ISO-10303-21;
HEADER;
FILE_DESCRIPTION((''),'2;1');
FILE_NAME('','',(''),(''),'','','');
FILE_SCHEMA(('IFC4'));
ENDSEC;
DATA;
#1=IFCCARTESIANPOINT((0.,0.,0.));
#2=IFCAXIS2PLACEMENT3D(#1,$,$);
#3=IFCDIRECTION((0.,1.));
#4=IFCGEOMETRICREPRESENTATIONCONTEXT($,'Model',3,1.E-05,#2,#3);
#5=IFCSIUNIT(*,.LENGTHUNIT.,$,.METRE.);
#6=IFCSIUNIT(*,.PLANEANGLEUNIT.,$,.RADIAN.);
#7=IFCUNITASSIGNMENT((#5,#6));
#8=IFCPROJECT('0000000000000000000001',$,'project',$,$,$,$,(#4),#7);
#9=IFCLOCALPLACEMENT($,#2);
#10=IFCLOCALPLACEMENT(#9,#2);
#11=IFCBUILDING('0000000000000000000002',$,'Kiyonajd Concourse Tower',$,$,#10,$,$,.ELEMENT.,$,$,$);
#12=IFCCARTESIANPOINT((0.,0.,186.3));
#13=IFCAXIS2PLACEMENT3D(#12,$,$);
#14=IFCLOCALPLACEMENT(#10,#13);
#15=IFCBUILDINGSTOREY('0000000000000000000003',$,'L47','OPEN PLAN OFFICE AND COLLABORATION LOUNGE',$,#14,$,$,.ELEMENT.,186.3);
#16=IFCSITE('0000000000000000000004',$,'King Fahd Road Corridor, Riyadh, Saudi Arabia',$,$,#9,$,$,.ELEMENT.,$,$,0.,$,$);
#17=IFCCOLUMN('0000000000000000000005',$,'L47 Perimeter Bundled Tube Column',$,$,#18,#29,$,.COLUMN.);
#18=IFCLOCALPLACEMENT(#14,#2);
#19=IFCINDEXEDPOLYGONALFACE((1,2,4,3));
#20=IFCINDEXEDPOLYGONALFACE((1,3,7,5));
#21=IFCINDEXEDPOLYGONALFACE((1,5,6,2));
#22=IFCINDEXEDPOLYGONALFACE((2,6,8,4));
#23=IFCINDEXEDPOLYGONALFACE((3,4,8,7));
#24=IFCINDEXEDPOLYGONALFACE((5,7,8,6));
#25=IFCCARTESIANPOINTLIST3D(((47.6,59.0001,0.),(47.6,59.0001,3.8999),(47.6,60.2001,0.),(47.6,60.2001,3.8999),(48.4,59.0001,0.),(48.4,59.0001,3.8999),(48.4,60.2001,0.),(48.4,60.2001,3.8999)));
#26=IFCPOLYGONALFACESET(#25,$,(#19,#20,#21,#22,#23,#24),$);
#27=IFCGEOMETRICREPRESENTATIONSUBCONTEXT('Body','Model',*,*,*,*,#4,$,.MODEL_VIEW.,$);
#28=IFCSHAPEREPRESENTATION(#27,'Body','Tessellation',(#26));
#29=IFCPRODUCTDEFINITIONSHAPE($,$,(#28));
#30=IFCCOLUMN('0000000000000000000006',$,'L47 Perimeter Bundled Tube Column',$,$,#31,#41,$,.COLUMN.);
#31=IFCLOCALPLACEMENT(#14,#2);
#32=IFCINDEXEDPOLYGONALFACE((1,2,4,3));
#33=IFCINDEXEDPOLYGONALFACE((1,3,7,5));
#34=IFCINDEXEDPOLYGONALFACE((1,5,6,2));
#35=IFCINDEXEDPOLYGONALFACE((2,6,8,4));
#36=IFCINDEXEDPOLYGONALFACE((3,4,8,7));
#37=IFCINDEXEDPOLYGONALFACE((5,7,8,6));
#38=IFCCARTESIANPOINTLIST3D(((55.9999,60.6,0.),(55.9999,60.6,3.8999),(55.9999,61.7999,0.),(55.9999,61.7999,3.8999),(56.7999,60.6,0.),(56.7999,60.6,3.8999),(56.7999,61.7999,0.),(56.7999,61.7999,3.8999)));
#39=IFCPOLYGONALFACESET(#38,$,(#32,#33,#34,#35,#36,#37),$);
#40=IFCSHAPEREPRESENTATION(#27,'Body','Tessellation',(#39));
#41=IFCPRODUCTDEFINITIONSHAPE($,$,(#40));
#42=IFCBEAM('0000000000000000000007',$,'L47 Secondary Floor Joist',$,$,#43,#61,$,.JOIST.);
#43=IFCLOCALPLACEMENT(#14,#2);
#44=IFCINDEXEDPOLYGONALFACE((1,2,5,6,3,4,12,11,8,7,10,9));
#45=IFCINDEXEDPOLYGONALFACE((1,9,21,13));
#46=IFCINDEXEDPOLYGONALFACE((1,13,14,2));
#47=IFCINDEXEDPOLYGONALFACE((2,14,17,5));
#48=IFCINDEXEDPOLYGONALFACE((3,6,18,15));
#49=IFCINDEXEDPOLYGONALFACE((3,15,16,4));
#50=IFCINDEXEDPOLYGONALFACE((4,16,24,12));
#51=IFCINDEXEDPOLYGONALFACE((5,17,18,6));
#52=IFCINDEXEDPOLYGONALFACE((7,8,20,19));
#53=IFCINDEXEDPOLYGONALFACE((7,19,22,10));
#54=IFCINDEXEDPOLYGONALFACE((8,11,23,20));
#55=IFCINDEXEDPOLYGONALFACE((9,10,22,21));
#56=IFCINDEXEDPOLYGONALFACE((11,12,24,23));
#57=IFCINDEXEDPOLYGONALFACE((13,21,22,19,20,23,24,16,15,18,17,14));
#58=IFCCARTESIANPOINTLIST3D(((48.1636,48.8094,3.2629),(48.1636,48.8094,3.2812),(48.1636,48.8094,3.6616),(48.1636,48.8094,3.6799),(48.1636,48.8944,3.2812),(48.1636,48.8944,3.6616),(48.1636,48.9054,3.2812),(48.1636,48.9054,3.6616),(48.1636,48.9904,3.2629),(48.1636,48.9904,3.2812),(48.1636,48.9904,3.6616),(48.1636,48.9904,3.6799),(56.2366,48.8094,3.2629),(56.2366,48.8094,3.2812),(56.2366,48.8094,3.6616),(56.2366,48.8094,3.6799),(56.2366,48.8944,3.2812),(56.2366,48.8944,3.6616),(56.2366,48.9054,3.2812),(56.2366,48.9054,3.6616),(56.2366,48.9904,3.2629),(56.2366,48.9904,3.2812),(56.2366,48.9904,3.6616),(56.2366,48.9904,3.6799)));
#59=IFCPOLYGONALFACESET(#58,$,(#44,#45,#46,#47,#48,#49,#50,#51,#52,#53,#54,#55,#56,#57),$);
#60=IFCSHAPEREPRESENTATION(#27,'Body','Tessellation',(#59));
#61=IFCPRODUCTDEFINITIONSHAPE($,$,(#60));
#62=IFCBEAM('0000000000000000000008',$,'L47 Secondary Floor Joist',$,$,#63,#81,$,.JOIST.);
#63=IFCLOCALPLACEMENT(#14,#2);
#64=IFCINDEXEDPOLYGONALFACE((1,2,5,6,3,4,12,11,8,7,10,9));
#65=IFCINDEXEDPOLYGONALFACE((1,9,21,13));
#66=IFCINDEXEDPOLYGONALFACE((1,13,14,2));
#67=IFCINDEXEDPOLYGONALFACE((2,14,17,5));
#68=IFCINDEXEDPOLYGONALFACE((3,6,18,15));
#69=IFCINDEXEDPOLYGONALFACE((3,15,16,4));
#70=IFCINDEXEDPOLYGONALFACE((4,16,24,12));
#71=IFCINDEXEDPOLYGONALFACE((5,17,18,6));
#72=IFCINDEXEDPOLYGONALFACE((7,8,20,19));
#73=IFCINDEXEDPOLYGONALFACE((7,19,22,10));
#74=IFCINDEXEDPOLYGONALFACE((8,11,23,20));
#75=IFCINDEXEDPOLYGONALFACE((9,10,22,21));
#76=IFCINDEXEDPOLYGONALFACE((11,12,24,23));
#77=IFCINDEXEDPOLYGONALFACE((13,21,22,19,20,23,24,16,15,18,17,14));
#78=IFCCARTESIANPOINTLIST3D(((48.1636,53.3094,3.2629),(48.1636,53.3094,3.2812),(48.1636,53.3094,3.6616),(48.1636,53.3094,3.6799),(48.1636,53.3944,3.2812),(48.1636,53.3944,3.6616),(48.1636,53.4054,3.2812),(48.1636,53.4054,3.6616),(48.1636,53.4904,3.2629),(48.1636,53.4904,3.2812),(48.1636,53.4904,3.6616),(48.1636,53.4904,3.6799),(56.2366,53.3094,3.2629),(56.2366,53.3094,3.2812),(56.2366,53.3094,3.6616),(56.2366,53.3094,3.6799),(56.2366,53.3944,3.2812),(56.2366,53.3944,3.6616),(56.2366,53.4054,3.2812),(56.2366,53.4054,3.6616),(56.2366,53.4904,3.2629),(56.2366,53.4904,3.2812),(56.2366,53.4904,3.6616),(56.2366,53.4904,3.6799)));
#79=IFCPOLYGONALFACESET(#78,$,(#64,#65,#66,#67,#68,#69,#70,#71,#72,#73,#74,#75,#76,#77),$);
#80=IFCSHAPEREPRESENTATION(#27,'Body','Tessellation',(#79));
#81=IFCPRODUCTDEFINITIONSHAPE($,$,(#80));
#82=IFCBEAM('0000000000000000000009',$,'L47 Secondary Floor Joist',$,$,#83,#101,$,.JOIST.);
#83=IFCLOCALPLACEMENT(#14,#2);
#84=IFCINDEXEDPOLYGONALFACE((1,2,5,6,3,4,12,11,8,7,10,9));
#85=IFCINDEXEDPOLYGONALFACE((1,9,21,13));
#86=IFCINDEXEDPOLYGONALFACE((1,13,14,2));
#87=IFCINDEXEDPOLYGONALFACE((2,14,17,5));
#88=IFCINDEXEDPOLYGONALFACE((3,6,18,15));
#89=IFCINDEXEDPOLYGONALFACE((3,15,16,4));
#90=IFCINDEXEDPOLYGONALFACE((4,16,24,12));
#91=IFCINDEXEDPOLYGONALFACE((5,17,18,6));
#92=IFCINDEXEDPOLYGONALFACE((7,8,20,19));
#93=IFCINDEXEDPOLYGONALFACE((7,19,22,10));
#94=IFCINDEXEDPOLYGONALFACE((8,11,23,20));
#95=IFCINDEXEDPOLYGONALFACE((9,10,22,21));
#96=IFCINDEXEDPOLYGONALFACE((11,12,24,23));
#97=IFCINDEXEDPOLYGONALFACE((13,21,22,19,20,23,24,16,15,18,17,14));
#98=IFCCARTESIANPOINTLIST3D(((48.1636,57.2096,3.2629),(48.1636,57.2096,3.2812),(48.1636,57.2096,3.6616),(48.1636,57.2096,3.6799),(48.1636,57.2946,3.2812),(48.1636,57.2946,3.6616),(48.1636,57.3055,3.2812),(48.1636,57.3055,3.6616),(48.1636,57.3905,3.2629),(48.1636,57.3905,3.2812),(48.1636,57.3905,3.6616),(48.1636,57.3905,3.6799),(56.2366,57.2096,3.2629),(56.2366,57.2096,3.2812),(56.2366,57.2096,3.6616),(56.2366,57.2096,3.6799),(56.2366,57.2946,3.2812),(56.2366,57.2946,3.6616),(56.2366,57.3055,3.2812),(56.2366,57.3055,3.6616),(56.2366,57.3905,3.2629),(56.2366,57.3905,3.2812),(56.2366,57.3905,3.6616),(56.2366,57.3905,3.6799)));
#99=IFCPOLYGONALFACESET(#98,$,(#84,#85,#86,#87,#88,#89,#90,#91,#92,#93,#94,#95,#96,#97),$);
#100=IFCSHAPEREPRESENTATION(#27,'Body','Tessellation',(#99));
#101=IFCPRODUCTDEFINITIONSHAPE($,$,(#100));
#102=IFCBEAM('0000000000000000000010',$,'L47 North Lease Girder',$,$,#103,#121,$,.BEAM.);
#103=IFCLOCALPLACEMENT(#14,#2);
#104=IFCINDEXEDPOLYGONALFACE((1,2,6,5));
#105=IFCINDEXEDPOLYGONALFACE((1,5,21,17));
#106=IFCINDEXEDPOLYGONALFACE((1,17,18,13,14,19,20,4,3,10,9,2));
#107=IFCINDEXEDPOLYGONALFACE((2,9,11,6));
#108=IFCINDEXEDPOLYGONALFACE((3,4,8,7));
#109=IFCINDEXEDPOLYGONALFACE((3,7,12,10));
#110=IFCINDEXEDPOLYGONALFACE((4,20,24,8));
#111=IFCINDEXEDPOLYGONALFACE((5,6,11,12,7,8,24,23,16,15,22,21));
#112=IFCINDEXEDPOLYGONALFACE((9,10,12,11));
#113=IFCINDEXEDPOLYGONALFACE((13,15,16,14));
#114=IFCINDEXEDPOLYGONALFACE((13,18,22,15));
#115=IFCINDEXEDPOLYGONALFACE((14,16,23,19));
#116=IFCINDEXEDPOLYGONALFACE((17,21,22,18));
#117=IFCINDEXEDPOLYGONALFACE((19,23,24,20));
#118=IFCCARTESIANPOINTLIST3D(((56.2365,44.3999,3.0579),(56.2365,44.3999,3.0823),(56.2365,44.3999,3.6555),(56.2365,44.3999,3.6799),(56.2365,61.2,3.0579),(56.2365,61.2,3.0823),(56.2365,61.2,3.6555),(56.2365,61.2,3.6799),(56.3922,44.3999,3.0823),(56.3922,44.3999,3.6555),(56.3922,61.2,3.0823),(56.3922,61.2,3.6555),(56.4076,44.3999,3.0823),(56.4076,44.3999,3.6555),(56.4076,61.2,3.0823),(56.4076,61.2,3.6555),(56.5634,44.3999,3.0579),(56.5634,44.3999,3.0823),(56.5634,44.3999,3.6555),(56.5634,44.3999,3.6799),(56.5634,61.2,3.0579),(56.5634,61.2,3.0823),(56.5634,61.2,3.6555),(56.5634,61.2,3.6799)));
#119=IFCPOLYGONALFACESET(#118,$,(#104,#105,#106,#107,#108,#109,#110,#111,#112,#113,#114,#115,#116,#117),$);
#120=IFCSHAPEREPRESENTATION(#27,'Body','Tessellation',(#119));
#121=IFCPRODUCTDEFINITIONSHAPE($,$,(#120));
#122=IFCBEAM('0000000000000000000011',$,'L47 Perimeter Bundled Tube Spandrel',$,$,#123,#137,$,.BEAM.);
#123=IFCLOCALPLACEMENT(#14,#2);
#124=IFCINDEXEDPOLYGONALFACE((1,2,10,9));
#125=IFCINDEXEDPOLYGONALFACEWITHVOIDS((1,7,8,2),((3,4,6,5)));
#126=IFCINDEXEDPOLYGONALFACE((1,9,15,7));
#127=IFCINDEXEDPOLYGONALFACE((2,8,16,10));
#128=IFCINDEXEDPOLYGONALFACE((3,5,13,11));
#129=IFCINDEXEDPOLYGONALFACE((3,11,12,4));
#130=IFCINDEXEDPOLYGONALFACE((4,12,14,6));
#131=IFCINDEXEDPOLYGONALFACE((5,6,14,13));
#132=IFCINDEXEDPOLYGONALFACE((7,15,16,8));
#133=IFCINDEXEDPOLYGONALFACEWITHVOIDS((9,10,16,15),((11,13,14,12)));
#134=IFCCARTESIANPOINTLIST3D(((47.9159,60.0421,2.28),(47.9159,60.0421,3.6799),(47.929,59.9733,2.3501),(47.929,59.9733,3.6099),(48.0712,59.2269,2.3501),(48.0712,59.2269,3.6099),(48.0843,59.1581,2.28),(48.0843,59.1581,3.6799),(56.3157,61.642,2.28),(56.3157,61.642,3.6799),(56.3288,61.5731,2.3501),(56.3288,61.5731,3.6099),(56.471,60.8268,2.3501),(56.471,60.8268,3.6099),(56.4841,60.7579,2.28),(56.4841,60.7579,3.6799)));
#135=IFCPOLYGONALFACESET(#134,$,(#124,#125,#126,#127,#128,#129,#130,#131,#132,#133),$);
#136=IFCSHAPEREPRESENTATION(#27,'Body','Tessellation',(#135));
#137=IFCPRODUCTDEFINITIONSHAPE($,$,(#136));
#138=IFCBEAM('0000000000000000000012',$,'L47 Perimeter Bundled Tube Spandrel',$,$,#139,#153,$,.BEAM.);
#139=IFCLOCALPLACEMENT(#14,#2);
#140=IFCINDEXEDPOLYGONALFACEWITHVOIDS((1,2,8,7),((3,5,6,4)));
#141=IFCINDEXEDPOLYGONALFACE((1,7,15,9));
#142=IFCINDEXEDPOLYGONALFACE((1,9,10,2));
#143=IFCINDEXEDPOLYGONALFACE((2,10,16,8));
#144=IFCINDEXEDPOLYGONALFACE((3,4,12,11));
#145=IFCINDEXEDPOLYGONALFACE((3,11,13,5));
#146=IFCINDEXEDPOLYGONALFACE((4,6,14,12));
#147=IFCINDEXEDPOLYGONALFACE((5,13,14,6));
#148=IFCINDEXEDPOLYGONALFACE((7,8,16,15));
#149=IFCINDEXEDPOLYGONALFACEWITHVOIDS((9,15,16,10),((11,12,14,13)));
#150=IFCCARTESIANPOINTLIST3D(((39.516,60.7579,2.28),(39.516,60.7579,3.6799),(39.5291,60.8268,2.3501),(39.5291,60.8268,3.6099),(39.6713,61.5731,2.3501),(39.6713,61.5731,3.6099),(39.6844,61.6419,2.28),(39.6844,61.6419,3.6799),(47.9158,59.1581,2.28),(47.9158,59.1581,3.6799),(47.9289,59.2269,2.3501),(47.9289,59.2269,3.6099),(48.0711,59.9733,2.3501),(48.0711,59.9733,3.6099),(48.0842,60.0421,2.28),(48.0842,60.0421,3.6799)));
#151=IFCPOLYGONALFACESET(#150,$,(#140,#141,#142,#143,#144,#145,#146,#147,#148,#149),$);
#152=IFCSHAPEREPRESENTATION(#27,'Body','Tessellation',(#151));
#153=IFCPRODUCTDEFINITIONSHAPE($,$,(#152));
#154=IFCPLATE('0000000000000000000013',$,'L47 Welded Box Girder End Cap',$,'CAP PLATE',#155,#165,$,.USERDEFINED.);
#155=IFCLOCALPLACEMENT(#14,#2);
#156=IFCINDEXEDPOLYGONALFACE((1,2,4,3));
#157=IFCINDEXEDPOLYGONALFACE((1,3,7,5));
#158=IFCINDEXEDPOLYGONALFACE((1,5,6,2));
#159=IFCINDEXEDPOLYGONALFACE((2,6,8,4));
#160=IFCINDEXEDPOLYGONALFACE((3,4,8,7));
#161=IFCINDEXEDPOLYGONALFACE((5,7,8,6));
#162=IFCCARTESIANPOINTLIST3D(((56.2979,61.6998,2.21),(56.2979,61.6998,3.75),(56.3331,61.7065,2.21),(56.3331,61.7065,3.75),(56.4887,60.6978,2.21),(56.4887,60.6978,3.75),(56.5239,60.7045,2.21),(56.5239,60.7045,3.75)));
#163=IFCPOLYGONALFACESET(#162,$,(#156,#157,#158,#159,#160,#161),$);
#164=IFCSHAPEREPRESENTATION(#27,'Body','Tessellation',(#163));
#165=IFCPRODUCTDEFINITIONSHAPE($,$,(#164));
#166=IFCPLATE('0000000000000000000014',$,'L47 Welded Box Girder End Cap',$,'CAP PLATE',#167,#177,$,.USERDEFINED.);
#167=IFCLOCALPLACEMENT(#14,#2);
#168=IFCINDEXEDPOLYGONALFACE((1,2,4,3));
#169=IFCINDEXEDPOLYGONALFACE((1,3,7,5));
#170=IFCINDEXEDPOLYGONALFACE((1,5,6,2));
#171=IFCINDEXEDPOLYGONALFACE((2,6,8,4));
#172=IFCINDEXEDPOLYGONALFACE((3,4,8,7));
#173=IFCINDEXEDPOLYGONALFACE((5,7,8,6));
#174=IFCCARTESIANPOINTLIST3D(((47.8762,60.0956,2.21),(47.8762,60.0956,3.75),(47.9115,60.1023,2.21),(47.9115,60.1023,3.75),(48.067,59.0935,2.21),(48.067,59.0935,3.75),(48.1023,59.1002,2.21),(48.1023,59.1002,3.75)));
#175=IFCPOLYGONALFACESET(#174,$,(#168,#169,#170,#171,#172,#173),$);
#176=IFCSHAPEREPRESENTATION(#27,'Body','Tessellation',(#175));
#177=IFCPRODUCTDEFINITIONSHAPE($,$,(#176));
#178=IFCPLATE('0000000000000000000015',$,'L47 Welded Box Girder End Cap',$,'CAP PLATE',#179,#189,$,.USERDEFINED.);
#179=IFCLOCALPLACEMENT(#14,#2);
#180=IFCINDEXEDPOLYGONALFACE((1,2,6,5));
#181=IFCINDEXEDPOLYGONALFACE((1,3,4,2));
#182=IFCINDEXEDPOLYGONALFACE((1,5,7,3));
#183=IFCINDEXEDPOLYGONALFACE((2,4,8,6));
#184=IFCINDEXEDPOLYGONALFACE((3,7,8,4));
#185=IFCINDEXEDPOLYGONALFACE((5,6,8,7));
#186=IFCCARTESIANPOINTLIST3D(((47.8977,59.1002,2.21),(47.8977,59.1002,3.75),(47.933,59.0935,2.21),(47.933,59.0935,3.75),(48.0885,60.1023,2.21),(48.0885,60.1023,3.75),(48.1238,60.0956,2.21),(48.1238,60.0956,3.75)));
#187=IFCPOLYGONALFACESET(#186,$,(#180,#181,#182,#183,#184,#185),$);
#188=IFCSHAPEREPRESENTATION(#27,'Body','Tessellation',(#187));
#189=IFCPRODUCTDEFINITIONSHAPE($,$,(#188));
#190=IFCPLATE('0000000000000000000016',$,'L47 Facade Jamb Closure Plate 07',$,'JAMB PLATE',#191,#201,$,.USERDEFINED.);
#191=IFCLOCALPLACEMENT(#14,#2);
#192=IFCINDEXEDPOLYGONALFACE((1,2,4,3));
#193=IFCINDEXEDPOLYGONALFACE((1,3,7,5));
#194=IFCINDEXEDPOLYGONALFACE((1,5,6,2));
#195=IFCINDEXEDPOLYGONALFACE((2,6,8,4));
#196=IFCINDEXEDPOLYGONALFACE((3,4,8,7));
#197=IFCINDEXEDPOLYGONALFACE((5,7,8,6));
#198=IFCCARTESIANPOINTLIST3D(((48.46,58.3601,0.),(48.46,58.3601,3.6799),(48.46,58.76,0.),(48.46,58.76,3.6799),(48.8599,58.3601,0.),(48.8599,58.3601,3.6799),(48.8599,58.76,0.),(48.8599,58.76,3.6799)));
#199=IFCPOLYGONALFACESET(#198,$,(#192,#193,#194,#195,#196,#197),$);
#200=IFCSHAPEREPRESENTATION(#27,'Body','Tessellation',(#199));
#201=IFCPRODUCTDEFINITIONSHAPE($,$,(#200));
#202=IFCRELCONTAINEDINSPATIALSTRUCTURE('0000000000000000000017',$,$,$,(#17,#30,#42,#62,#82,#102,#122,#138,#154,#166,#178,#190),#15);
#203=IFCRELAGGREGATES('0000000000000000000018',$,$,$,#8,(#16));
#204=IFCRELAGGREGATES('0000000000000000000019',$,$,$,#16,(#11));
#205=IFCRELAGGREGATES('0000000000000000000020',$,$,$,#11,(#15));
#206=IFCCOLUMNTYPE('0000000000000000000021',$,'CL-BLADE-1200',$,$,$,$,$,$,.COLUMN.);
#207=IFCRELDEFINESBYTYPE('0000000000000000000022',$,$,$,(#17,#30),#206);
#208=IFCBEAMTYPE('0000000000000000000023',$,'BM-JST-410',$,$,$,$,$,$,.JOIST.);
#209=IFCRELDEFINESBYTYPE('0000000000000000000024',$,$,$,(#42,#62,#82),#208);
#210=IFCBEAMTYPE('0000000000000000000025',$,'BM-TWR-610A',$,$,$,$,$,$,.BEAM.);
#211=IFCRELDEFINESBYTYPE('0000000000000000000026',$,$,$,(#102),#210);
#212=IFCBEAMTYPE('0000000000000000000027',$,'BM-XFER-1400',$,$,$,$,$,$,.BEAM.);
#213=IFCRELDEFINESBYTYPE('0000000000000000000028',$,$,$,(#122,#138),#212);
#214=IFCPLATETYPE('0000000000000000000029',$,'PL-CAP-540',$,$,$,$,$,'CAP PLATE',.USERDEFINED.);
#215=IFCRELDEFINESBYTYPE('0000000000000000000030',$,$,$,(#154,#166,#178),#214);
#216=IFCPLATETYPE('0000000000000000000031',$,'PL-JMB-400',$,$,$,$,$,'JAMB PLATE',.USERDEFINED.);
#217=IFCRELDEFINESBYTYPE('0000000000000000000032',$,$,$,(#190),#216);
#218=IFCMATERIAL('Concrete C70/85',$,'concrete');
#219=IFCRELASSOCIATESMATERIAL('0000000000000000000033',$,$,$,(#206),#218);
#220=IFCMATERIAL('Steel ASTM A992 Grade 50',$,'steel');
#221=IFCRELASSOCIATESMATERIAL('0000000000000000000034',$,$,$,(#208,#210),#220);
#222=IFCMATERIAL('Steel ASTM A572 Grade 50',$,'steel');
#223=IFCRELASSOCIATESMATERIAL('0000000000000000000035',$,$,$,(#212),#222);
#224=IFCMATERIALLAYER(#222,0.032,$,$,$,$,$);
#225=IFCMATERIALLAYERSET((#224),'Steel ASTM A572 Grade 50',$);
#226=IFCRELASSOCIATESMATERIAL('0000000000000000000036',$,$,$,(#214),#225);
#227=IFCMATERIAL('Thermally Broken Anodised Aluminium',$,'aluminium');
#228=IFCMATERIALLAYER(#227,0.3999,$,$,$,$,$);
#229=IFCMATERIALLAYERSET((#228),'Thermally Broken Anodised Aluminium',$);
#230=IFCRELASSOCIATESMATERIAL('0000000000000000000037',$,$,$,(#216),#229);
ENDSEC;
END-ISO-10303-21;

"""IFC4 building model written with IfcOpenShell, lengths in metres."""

from ifc_helpers import new_model, si_unit, direction, frame, origin, origin_2d, place, context, subcontext, project, spatial, rectangle, hollow_rectangle, i_section, extrude, material, layer, layer_set, material_profile, profile_set, type_object, element, save


model = new_model("IFC4")

# Units and contexts
model_context = context("Model", 3, precision=1e-05, world=origin(), true_north=direction((0.0, 1.0)))
body_context = subcontext(model_context, "Body", "Model", "MODEL_VIEW")
ifc_project = project(units=[si_unit("LENGTHUNIT", "METRE"), si_unit("PLANEANGLEUNIT", "RADIAN")], contexts=[model_context])

# Site, building, storey
site_placement = place(None, origin())
site = spatial("IfcSite", under=ifc_project, at=site_placement, Name="King Fahd Road Corridor, Riyadh, Saudi Arabia", CompositionType="ELEMENT", RefElevation=0.0)
building_placement = place(site_placement, origin())
building = spatial("IfcBuilding", under=site, at=building_placement, Name="Kiyonajd Concourse Tower", CompositionType="ELEMENT")
storey_placement = place(building_placement, frame((0.0, 0.0, 186.3)))
storey = spatial("IfcBuildingStorey", under=building, at=storey_placement, Name="L47", Description="OPEN PLAN OFFICE AND COLLABORATION LOUNGE", CompositionType="ELEMENT", Elevation=186.3)

# Columns
ifc_material_1 = material(Name="Concrete C70/85", Category="concrete")
ifc_material_profile_1 = material_profile(ifc_material_1, rectangle(XDim=0.8, YDim=1.2, at=origin_2d()), Name="RC-1200x800")
ifc_profile_set_1 = profile_set([ifc_material_profile_1], Name="Concrete C70/85")
column_type = type_object("IfcColumnType", Name="CL-BLADE-1200", PredefinedType="COLUMN", material=ifc_profile_set_1)
for number, where, z_axis, x_axis, name in (
    (1, (48.0, 59.6001, 0.0), (0.0, 0.0, 1.0), (1.0, 0.0, 0.0), "L47 Perimeter Bundled Tube Column"),
    (2, (56.3999, 61.2, 0.0), (0.0, 0.0, 1.0), (1.0, 0.0, 0.0), "L47 Perimeter Bundled Tube Column"),
):
    element("IfcColumn", number, at=place(storey_placement, frame(where, z_axis=z_axis, x_axis=x_axis)), inside=storey, type_object=column_type, Name=name, PredefinedType="COLUMN", context=body_context, shape_type="SweptSolid", body=[
        extrude(rectangle(XDim=0.8, YDim=1.2, at=origin_2d()), origin(), (0.0, 0.0, 1.0), 3.8999),
    ])

# Beams
ifc_material_2 = material(Name="Steel ASTM A992 Grade 50", Category="steel")
ifc_material_profile_2 = material_profile(ifc_material_2, i_section(OverallWidth=0.1809, OverallDepth=0.417, WebThickness=0.011, FlangeThickness=0.0183, at=origin_2d()), Name="W410X85")
ifc_profile_set_2 = profile_set([ifc_material_profile_2], Name="Steel ASTM A992 Grade 50")
beam_type_1 = type_object("IfcBeamType", Name="BM-JST-410", PredefinedType="JOIST", material=ifc_profile_set_2)
for number, where, z_axis, x_axis, name in (
    (3, (48.1636, 48.8999, 3.4714), (1.0, 0.0, 0.0), (0.0, 1.0, 0.0), "L47 Secondary Floor Joist"),
    (4, (48.1636, 53.3999, 3.4714), (1.0, 0.0, 0.0), (0.0, 1.0, 0.0), "L47 Secondary Floor Joist"),
    (5, (48.1636, 57.3, 3.4714), (1.0, 0.0, 0.0), (0.0, 1.0, 0.0), "L47 Secondary Floor Joist"),
):
    element("IfcBeam", number, at=place(storey_placement, frame(where, z_axis=z_axis, x_axis=x_axis)), inside=storey, type_object=beam_type_1, Name=name, PredefinedType="JOIST", context=body_context, shape_type="SweptSolid", body=[
        extrude(i_section(OverallWidth=0.1809, OverallDepth=0.417, WebThickness=0.011, FlangeThickness=0.0183, at=origin_2d()), origin(), (0.0, 0.0, 1.0), 8.073),
    ])
ifc_material_profile_3 = material_profile(ifc_material_2, i_section(OverallWidth=0.3269, OverallDepth=0.6221, WebThickness=0.0154, FlangeThickness=0.0244, at=origin_2d()), Name="W610X195")
ifc_profile_set_3 = profile_set([ifc_material_profile_3], Name="Steel ASTM A992 Grade 50")
beam_type_2 = type_object("IfcBeamType", Name="BM-TWR-610A", PredefinedType="BEAM", material=ifc_profile_set_3)
beam_placement = place(storey_placement, frame((56.3999, 44.3999, 3.3689), z_axis=(0.0, 1.0, 0.0), x_axis=(-1.0, 0.0, 0.0)))
element("IfcBeam", 6, at=beam_placement, inside=storey, type_object=beam_type_2, Name="L47 North Lease Girder", PredefinedType="BEAM", context=body_context, shape_type="SweptSolid", body=[
    extrude(i_section(OverallWidth=0.3269, OverallDepth=0.6221, WebThickness=0.0154, FlangeThickness=0.0244, at=origin_2d()), origin(), (0.0, 0.0, 1.0), 16.8),
])
ifc_material_3 = material(Name="Steel ASTM A572 Grade 50", Category="steel")
ifc_material_profile_4 = material_profile(ifc_material_3, hollow_rectangle(XDim=0.8999, YDim=1.3999, WallThickness=0.0701, at=origin_2d()), Name="BOX-1400x900x70")
ifc_profile_set_4 = profile_set([ifc_material_profile_4], Name="Steel ASTM A572 Grade 50")
beam_type_3 = type_object("IfcBeamType", Name="BM-XFER-1400", PredefinedType="BEAM", material=ifc_profile_set_4)
for number, where, z_axis, x_axis, name in (
    (7, (56.3999, 61.2, 2.98), (-0.982341, -0.187098, 0.0), (0.187098, -0.982341, 0.0), "L47 Perimeter Bundled Tube Spandrel"),
    (8, (48.0, 59.6001, 2.98), (-0.982341, 0.187098, 0.0), (-0.187098, -0.982341, 0.0), "L47 Perimeter Bundled Tube Spandrel"),
):
    element("IfcBeam", number, at=place(storey_placement, frame(where, z_axis=z_axis, x_axis=x_axis)), inside=storey, type_object=beam_type_3, Name=name, PredefinedType="BEAM", context=body_context, shape_type="SweptSolid", body=[
        extrude(hollow_rectangle(XDim=0.8999, YDim=1.3999, WallThickness=0.0701, at=origin_2d()), origin(), (0.0, 0.0, 1.0), 8.5508),
    ])

# Plates
ifc_layer_1 = layer(ifc_material_3, 0.032)
ifc_layer_set_1 = layer_set([ifc_layer_1], Name="Steel ASTM A572 Grade 50")
plate_type_1 = type_object("IfcPlateType", Name="PL-CAP-540", ElementType="CAP PLATE", PredefinedType="USERDEFINED", material=ifc_layer_set_1)
for number, where, z_axis, x_axis, name in (
    (9, (56.4109, 61.2021, 2.21), (0.0, 0.0, 1.0), (0.982353, 0.187038, 0.0), "L47 Welded Box Girder End Cap"),
    (10, (47.9893, 59.5979, 2.21), (0.0, 0.0, 1.0), (-0.982353, -0.187038, 0.0), "L47 Welded Box Girder End Cap"),
    (11, (48.0107, 59.5979, 2.21), (0.0, 0.0, 1.0), (0.982353, -0.187038, 0.0), "L47 Welded Box Girder End Cap"),
):
    element("IfcPlate", number, at=place(storey_placement, frame(where, z_axis=z_axis, x_axis=x_axis)), inside=storey, type_object=plate_type_1, Name=name, ObjectType="CAP PLATE", PredefinedType="USERDEFINED", context=body_context, shape_type="SweptSolid", body=[
        extrude(rectangle(XDim=0.0359, YDim=1.02, at=origin_2d()), origin(), (0.0, 0.0, 1.0), 1.54),
    ])
ifc_material_4 = material(Name="Thermally Broken Anodised Aluminium", Category="aluminium")
ifc_layer_2 = layer(ifc_material_4, 0.3999)
ifc_layer_set_2 = layer_set([ifc_layer_2], Name="Thermally Broken Anodised Aluminium")
plate_type_2 = type_object("IfcPlateType", Name="PL-JMB-400", ElementType="JAMB PLATE", PredefinedType="USERDEFINED", material=ifc_layer_set_2)
for number, where, z_axis, x_axis, name in (
    (12, (48.6599, 58.5601, 0.0), (0.0, 0.0, 1.0), (1.0, 0.0, 0.0), "L47 Facade Jamb Closure Plate 07"),
):
    element("IfcPlate", number, at=place(storey_placement, frame(where, z_axis=z_axis, x_axis=x_axis)), inside=storey, type_object=plate_type_2, Name=name, ObjectType="JAMB PLATE", PredefinedType="USERDEFINED", context=body_context, shape_type="SweptSolid", body=[
        extrude(rectangle(XDim=0.3999, YDim=0.3999, at=origin_2d()), origin(), (0.0, 0.0, 1.0), 3.6799),
    ])

save(model, "model.ifc")
